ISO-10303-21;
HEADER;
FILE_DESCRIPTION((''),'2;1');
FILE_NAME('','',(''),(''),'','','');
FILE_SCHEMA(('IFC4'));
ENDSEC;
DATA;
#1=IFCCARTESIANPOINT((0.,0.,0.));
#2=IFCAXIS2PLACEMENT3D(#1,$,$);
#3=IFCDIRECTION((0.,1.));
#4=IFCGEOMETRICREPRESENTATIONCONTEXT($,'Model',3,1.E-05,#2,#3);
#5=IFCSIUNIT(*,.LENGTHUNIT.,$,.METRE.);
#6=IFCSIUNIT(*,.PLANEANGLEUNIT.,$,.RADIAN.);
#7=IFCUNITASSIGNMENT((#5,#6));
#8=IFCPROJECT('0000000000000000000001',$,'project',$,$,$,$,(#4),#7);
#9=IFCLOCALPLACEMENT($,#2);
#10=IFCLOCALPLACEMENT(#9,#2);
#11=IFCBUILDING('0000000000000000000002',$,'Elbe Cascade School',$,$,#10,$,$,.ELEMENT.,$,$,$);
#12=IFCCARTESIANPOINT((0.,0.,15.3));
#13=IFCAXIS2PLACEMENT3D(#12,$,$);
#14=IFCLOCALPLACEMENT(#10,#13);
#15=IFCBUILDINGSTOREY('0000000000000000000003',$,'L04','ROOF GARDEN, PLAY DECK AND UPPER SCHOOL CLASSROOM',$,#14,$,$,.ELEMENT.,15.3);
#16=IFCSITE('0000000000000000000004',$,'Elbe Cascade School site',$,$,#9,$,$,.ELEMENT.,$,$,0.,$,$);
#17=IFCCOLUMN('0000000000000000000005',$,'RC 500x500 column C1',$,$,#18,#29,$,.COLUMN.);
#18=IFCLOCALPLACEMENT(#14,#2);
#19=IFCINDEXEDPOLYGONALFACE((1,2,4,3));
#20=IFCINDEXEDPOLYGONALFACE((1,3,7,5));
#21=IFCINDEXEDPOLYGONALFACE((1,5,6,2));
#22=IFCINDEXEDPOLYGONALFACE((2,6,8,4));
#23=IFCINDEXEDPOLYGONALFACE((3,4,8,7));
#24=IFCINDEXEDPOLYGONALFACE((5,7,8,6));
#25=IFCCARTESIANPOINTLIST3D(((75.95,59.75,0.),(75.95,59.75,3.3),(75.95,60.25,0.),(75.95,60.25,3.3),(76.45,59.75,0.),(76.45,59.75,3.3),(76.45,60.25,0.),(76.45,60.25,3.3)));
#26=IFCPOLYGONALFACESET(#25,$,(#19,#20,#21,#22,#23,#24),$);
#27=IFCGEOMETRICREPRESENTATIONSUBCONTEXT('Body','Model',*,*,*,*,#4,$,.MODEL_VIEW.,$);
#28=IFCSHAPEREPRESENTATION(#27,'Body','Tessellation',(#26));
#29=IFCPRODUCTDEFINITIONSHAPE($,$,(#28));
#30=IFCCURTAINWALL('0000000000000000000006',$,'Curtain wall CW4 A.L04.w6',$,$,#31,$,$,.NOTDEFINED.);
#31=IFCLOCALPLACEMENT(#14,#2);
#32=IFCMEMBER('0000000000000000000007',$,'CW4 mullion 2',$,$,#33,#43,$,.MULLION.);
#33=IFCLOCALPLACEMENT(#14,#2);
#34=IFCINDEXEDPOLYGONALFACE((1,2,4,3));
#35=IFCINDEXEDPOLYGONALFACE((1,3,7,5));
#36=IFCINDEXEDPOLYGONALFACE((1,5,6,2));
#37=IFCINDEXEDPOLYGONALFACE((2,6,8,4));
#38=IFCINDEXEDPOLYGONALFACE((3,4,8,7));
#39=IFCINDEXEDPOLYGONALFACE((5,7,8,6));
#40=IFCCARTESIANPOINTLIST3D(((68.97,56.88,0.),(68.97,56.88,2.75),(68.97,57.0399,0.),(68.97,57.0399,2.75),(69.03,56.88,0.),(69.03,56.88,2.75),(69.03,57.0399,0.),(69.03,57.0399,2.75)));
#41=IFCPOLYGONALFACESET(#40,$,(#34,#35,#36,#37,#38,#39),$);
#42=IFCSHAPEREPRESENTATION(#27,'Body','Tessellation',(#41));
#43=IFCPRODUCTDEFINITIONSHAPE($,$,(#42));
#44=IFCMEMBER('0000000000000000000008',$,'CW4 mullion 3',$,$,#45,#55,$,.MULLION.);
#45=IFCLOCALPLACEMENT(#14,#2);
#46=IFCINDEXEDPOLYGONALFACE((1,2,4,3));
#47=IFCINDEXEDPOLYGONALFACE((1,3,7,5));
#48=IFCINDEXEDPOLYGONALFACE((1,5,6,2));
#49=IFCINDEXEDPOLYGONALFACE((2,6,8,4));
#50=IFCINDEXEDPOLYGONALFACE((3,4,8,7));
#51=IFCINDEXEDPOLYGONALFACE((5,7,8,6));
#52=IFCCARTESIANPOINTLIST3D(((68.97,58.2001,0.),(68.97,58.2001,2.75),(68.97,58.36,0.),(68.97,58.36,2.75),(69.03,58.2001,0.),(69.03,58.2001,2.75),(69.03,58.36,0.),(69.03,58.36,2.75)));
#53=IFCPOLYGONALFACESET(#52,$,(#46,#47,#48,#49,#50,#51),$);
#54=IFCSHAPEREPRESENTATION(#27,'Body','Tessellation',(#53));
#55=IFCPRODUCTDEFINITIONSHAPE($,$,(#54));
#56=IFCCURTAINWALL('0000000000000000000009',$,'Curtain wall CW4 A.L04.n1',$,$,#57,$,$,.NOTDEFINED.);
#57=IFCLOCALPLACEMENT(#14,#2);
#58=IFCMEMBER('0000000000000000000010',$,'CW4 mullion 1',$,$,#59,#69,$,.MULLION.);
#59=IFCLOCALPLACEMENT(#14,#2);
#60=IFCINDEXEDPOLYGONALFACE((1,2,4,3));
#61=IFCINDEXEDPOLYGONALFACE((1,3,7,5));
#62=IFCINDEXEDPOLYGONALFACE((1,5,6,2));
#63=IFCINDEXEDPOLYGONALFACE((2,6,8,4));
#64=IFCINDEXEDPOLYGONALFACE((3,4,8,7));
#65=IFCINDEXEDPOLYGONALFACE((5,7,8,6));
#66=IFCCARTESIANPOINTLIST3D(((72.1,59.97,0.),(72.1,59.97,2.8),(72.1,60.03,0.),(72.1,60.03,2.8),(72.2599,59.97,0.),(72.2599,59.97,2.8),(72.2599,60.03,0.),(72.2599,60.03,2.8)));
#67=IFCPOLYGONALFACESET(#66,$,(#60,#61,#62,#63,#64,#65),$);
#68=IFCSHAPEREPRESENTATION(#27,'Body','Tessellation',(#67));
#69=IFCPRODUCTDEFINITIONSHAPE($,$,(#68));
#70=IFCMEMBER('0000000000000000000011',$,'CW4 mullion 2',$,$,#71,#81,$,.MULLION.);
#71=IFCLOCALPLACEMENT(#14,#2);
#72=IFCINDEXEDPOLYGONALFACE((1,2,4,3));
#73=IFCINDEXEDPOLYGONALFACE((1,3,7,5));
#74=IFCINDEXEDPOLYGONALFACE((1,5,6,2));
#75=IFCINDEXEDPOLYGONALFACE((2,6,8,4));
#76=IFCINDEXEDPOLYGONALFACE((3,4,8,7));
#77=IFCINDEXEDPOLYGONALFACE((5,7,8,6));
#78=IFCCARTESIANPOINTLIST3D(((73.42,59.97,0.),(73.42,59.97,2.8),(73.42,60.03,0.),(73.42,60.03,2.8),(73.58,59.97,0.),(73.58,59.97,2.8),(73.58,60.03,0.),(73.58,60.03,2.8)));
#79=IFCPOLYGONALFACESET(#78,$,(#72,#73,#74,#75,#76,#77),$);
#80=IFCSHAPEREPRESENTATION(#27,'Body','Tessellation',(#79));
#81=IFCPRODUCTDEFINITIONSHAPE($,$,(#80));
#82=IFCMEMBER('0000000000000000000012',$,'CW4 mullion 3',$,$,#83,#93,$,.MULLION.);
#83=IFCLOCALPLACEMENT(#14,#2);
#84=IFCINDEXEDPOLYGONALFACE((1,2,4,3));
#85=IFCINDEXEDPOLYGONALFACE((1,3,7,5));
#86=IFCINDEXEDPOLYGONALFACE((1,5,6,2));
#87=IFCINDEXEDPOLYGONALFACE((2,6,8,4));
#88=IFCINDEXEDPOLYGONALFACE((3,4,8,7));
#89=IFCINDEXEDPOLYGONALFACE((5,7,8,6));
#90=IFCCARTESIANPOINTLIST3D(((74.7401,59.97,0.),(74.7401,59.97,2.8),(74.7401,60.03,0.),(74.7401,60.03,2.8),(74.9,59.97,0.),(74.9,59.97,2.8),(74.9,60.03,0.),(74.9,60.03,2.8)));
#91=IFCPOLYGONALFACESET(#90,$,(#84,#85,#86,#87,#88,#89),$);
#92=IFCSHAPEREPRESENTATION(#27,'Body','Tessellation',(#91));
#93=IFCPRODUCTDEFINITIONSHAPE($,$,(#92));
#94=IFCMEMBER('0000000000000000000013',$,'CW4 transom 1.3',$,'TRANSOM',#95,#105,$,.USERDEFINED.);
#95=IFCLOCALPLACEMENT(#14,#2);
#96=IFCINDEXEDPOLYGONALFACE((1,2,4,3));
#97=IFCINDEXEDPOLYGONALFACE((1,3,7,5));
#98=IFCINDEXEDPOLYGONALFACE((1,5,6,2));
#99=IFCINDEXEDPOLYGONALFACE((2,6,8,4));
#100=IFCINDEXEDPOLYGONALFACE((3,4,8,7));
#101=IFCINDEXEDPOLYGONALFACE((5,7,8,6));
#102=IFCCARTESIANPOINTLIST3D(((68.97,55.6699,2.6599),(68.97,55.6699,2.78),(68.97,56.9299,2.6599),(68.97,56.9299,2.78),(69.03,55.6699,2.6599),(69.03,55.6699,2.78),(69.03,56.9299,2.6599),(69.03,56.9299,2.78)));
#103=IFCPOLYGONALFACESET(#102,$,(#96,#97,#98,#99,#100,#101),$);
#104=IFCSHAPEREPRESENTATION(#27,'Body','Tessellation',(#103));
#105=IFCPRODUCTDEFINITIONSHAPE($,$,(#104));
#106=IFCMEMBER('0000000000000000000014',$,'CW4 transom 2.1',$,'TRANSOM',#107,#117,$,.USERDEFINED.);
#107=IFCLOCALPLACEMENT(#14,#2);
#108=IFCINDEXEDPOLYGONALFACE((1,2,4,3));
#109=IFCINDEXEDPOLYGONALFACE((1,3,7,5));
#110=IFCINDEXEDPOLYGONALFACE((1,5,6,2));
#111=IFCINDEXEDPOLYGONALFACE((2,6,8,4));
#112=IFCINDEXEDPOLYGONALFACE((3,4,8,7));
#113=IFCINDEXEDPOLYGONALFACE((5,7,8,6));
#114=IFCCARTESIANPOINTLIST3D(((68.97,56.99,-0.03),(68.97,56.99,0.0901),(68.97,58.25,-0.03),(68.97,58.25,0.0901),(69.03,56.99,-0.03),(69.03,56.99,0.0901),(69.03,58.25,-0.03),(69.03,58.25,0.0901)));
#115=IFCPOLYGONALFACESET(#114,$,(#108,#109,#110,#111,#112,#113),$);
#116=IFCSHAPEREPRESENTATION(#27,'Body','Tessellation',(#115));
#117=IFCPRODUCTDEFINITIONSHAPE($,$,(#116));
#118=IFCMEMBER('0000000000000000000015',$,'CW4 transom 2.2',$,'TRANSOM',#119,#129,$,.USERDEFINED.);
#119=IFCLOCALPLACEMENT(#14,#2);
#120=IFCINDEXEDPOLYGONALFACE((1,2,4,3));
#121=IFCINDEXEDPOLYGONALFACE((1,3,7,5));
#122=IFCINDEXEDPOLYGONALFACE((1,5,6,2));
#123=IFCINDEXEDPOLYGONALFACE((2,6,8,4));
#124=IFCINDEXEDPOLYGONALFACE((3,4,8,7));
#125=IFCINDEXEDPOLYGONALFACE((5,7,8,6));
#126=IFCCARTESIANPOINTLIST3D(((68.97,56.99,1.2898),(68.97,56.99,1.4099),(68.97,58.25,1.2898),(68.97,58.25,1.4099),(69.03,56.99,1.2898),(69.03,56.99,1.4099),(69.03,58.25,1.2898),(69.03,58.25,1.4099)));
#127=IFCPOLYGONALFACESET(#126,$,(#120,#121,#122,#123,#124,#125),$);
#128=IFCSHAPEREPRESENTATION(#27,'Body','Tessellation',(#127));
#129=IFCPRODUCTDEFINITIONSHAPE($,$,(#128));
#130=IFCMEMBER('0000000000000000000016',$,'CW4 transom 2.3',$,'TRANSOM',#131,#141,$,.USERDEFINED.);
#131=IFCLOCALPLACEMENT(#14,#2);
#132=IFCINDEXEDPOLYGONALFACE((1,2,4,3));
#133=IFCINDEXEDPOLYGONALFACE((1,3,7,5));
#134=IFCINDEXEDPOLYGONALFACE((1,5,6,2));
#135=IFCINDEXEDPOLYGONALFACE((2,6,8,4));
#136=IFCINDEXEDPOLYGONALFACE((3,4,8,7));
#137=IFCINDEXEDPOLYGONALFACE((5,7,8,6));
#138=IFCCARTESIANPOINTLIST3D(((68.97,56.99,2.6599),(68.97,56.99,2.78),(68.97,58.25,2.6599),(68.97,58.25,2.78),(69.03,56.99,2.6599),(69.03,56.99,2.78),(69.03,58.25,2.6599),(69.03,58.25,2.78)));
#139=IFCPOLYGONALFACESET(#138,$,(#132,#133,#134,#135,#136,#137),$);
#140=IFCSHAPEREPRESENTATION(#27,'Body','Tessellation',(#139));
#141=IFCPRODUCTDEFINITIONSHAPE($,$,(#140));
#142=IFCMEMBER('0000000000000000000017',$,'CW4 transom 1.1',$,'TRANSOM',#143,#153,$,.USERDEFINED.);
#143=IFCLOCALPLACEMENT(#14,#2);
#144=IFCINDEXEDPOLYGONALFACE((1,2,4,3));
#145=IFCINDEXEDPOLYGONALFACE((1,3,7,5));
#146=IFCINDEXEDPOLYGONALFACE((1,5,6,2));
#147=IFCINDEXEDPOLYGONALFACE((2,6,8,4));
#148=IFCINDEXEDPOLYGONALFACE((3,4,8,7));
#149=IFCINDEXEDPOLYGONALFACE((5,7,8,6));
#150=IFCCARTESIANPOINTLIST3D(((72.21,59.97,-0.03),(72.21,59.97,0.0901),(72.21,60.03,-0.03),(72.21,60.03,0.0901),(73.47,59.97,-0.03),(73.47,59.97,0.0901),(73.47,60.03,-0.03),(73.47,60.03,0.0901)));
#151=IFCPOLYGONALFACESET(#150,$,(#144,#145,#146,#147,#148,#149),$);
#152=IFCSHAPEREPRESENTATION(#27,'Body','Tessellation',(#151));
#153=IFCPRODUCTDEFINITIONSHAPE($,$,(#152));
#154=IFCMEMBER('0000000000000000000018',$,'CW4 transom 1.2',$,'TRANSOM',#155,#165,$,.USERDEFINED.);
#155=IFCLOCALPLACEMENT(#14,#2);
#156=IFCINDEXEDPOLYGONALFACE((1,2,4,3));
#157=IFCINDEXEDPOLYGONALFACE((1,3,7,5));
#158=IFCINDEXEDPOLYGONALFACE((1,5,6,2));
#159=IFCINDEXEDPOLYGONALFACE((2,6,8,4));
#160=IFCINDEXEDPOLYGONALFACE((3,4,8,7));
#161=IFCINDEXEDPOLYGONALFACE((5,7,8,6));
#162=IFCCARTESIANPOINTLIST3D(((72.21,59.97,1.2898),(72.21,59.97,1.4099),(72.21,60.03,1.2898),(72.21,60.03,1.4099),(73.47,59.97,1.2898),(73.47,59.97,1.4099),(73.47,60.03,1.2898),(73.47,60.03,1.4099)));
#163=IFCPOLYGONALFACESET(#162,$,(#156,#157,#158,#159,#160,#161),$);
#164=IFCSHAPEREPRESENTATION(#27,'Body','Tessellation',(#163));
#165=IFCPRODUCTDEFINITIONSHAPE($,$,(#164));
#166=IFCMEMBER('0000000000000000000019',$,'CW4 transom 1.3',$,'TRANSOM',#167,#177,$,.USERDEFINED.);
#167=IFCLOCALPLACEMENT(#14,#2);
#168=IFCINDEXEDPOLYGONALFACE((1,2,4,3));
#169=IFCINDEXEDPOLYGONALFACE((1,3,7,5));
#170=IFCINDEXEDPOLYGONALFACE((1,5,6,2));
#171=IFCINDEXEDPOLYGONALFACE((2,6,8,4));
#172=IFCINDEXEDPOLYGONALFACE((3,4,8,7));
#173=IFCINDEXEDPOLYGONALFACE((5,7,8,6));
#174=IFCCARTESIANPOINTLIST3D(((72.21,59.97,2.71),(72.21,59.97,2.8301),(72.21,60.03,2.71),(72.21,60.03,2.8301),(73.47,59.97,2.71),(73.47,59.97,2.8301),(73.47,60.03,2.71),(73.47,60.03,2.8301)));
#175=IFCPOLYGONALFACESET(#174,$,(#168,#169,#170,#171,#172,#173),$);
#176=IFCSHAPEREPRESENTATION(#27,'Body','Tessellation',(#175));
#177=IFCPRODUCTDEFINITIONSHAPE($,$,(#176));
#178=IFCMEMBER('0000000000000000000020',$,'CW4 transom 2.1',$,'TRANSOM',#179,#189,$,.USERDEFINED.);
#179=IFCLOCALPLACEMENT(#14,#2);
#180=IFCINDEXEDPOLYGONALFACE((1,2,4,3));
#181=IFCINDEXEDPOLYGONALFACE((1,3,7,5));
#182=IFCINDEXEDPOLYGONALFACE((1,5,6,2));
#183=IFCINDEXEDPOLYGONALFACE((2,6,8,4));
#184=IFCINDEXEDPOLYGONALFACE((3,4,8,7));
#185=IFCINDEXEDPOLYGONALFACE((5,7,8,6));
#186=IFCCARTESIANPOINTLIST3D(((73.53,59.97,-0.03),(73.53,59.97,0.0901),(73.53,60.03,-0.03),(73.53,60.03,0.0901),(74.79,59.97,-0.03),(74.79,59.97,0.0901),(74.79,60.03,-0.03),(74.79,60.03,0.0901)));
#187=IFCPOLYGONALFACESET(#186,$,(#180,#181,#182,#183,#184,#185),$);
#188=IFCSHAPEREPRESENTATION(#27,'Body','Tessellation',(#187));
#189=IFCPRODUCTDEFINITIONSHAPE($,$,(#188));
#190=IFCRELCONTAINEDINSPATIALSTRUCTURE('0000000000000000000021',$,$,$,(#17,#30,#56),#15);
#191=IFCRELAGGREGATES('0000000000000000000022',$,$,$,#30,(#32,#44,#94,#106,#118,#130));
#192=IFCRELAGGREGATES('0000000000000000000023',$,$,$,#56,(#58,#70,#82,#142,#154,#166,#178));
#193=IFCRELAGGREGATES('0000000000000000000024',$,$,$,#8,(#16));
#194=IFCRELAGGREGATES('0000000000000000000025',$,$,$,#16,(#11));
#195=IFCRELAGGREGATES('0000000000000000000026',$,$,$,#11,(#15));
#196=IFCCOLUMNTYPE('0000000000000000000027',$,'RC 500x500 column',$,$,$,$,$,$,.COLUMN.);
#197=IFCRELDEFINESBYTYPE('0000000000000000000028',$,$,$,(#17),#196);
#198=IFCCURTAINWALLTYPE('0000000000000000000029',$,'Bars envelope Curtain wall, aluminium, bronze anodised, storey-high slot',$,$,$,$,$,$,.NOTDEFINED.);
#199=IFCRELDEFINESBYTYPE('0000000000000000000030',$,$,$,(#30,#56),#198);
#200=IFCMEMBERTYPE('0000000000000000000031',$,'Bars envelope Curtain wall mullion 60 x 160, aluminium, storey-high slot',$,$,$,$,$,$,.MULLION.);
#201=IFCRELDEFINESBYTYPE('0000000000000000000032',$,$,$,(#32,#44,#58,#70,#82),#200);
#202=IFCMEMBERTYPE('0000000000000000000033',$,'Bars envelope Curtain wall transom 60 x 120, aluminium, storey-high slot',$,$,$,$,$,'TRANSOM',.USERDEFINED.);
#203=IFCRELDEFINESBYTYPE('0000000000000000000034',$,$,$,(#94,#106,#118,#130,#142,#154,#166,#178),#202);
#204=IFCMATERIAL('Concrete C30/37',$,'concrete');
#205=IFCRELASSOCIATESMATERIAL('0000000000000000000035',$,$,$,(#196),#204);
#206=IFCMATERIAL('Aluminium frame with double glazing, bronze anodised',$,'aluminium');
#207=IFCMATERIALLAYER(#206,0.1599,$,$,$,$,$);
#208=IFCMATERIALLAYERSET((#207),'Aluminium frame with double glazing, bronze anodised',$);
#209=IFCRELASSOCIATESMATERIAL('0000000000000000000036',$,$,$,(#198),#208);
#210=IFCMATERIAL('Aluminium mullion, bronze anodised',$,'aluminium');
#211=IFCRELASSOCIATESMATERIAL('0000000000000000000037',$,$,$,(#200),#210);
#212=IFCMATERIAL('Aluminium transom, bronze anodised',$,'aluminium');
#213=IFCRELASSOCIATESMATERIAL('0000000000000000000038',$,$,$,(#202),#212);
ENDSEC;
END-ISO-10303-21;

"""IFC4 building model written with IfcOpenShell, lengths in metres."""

from ifc_helpers import new_model, si_unit, direction, frame, origin, origin_2d, place, context, subcontext, project, spatial, rectangle, extrude, material, layer, layer_set, material_profile, profile_set, type_object, element, aggregate, save


model = new_model("IFC4")

# Units and contexts
model_context = context("Model", 3, precision=1e-05, world=origin(), true_north=direction((0.0, 1.0)))
body_context = subcontext(model_context, "Body", "Model", "MODEL_VIEW")
ifc_project = project(units=[si_unit("LENGTHUNIT", "METRE"), si_unit("PLANEANGLEUNIT", "RADIAN")], contexts=[model_context])

# Site, building, storey
site_placement = place(None, origin())
site = spatial("IfcSite", under=ifc_project, at=site_placement, Name="Elbe Cascade School site", CompositionType="ELEMENT", RefElevation=0.0)
building_placement = place(site_placement, origin())
building = spatial("IfcBuilding", under=site, at=building_placement, Name="Elbe Cascade School", CompositionType="ELEMENT")
storey_placement = place(building_placement, frame((0.0, 0.0, 15.3)))
storey = spatial("IfcBuildingStorey", under=building, at=storey_placement, Name="L04", Description="ROOF GARDEN, PLAY DECK AND UPPER SCHOOL CLASSROOM", CompositionType="ELEMENT", Elevation=15.3)

# Column
ifc_material_1 = material(Name="Concrete C30/37", Category="concrete")
ifc_material_profile_1 = material_profile(ifc_material_1, rectangle(XDim=0.5, YDim=0.5, at=origin_2d()), Name="RC 500x500")
ifc_profile_set_1 = profile_set([ifc_material_profile_1], Name="Concrete C30/37")
column_type = type_object("IfcColumnType", Name="RC 500x500 column", PredefinedType="COLUMN", material=ifc_profile_set_1)
column_placement = place(storey_placement, frame((76.2, 60.0, 0.0), z_axis=(0.0, 0.0, 1.0), x_axis=(1.0, 0.0, 0.0)))
element("IfcColumn", 1, at=column_placement, inside=storey, type_object=column_type, Name="RC 500x500 column C1", PredefinedType="COLUMN", context=body_context, shape_type="SweptSolid", body=[
    extrude(rectangle(XDim=0.5, YDim=0.5, at=origin_2d()), origin(), (0.0, 0.0, 1.0), 3.3),
])

# Curtain walls, members
ifc_material_2 = material(Name="Aluminium frame with double glazing, bronze anodised", Category="aluminium")
ifc_layer_1 = layer(ifc_material_2, 0.1599)
ifc_layer_set_1 = layer_set([ifc_layer_1], Name="Aluminium frame with double glazing, bronze anodised")
curtain_wall_type = type_object("IfcCurtainWallType", Name="Bars envelope Curtain wall, aluminium, bronze anodised, storey-high slot", PredefinedType="NOTDEFINED", material=ifc_layer_set_1)
curtain_wall_1_placement = place(storey_placement, origin())
curtain_wall_1 = element("IfcCurtainWall", 2, at=curtain_wall_1_placement, inside=storey, type_object=curtain_wall_type, Name="Curtain wall CW4 A.L04.w6", PredefinedType="NOTDEFINED")
ifc_material_3 = material(Name="Aluminium mullion, bronze anodised", Category="aluminium")
ifc_material_profile_2 = material_profile(ifc_material_3, rectangle(XDim=0.0601, YDim=0.1599, at=origin_2d()), Name="Bars envelope Curtain wall mullion 60 x 160, aluminium, storey-high slot")
ifc_profile_set_2 = profile_set([ifc_material_profile_2], Name="Aluminium mullion, bronze anodised")
member_type_1 = type_object("IfcMemberType", Name="Bars envelope Curtain wall mullion 60 x 160, aluminium, storey-high slot", PredefinedType="MULLION", material=ifc_profile_set_2)
member_1_placement = place(storey_placement, frame((69.0, 56.96, 0.0), z_axis=(0.0, 0.0, 1.0), x_axis=(-1.0, 0.0, 0.0)))
member_1 = element("IfcMember", 3, at=member_1_placement, type_object=member_type_1, Name="CW4 mullion 2", PredefinedType="MULLION", context=body_context, shape_type="SweptSolid", body=[
    extrude(rectangle(XDim=0.0601, YDim=0.1599, at=origin_2d()), origin(), (0.0, 0.0, 1.0), 2.75),
])
member_2_placement = place(storey_placement, frame((69.0, 58.28, 0.0), z_axis=(0.0, 0.0, 1.0), x_axis=(-1.0, 0.0, 0.0)))
member_2 = element("IfcMember", 4, at=member_2_placement, type_object=member_type_1, Name="CW4 mullion 3", PredefinedType="MULLION", context=body_context, shape_type="SweptSolid", body=[
    extrude(rectangle(XDim=0.0601, YDim=0.1599, at=origin_2d()), origin(), (0.0, 0.0, 1.0), 2.75),
])
curtain_wall_2_placement = place(storey_placement, origin())
curtain_wall_2 = element("IfcCurtainWall", 5, at=curtain_wall_2_placement, inside=storey, type_object=curtain_wall_type, Name="Curtain wall CW4 A.L04.n1", PredefinedType="NOTDEFINED")
member_3_placement = place(storey_placement, frame((72.1799, 60.0, 0.0), z_axis=(0.0, 0.0, 1.0), x_axis=(0.0, 1.0, 0.0)))
member_3 = element("IfcMember", 6, at=member_3_placement, type_object=member_type_1, Name="CW4 mullion 1", PredefinedType="MULLION", context=body_context, shape_type="SweptSolid", body=[
    extrude(rectangle(XDim=0.0601, YDim=0.1599, at=origin_2d()), origin(), (0.0, 0.0, 1.0), 2.8),
])
member_4_placement = place(storey_placement, frame((73.5, 60.0, 0.0), z_axis=(0.0, 0.0, 1.0), x_axis=(0.0, 1.0, 0.0)))
member_4 = element("IfcMember", 7, at=member_4_placement, type_object=member_type_1, Name="CW4 mullion 2", PredefinedType="MULLION", context=body_context, shape_type="SweptSolid", body=[
    extrude(rectangle(XDim=0.0601, YDim=0.1599, at=origin_2d()), origin(), (0.0, 0.0, 1.0), 2.8),
])
member_5_placement = place(storey_placement, frame((74.8201, 60.0, 0.0), z_axis=(0.0, 0.0, 1.0), x_axis=(0.0, 1.0, 0.0)))
member_5 = element("IfcMember", 8, at=member_5_placement, type_object=member_type_1, Name="CW4 mullion 3", PredefinedType="MULLION", context=body_context, shape_type="SweptSolid", body=[
    extrude(rectangle(XDim=0.0601, YDim=0.1599, at=origin_2d()), origin(), (0.0, 0.0, 1.0), 2.8),
])

# Members
ifc_material_4 = material(Name="Aluminium transom, bronze anodised", Category="aluminium")
ifc_material_profile_3 = material_profile(ifc_material_4, rectangle(XDim=0.0601, YDim=0.1201, at=origin_2d()), Name="Bars envelope Curtain wall transom 60 x 120, aluminium, storey-high slot")
ifc_profile_set_3 = profile_set([ifc_material_profile_3], Name="Aluminium transom, bronze anodised")
member_type_2 = type_object("IfcMemberType", Name="Bars envelope Curtain wall transom 60 x 120, aluminium, storey-high slot", ElementType="TRANSOM", PredefinedType="USERDEFINED", material=ifc_profile_set_3)
member_6_placement = place(storey_placement, frame((69.0, 55.6699, 2.72), z_axis=(0.0, 1.0, 0.0), x_axis=(-1.0, 0.0, 0.0)))
member_6 = element("IfcMember", 9, at=member_6_placement, type_object=member_type_2, Name="CW4 transom 1.3", ObjectType="TRANSOM", PredefinedType="USERDEFINED", context=body_context, shape_type="SweptSolid", body=[
    extrude(rectangle(XDim=0.0601, YDim=0.1201, at=origin_2d()), origin(), (0.0, 0.0, 1.0), 1.26),
])
member_7_placement = place(storey_placement, frame((69.0, 56.99, 0.03), z_axis=(0.0, 1.0, 0.0), x_axis=(-1.0, 0.0, 0.0)))
member_7 = element("IfcMember", 10, at=member_7_placement, type_object=member_type_2, Name="CW4 transom 2.1", ObjectType="TRANSOM", PredefinedType="USERDEFINED", context=body_context, shape_type="SweptSolid", body=[
    extrude(rectangle(XDim=0.0601, YDim=0.1201, at=origin_2d()), origin(), (0.0, 0.0, 1.0), 1.26),
])
member_8_placement = place(storey_placement, frame((69.0, 56.99, 1.3499), z_axis=(0.0, 1.0, 0.0), x_axis=(-1.0, 0.0, 0.0)))
member_8 = element("IfcMember", 11, at=member_8_placement, type_object=member_type_2, Name="CW4 transom 2.2", ObjectType="TRANSOM", PredefinedType="USERDEFINED", context=body_context, shape_type="SweptSolid", body=[
    extrude(rectangle(XDim=0.0601, YDim=0.1201, at=origin_2d()), origin(), (0.0, 0.0, 1.0), 1.26),
])
member_9_placement = place(storey_placement, frame((69.0, 56.99, 2.72), z_axis=(0.0, 1.0, 0.0), x_axis=(-1.0, 0.0, 0.0)))
member_9 = element("IfcMember", 12, at=member_9_placement, type_object=member_type_2, Name="CW4 transom 2.3", ObjectType="TRANSOM", PredefinedType="USERDEFINED", context=body_context, shape_type="SweptSolid", body=[
    extrude(rectangle(XDim=0.0601, YDim=0.1201, at=origin_2d()), origin(), (0.0, 0.0, 1.0), 1.26),
])
member_10_placement = place(storey_placement, frame((72.21, 60.0, 0.03), z_axis=(1.0, 0.0, 0.0), x_axis=(0.0, 1.0, 0.0)))
member_10 = element("IfcMember", 13, at=member_10_placement, type_object=member_type_2, Name="CW4 transom 1.1", ObjectType="TRANSOM", PredefinedType="USERDEFINED", context=body_context, shape_type="SweptSolid", body=[
    extrude(rectangle(XDim=0.0601, YDim=0.1201, at=origin_2d()), origin(), (0.0, 0.0, 1.0), 1.26),
])
member_11_placement = place(storey_placement, frame((72.21, 60.0, 1.3499), z_axis=(1.0, 0.0, 0.0), x_axis=(0.0, 1.0, 0.0)))
member_11 = element("IfcMember", 14, at=member_11_placement, type_object=member_type_2, Name="CW4 transom 1.2", ObjectType="TRANSOM", PredefinedType="USERDEFINED", context=body_context, shape_type="SweptSolid", body=[
    extrude(rectangle(XDim=0.0601, YDim=0.1201, at=origin_2d()), origin(), (0.0, 0.0, 1.0), 1.26),
])
member_12_placement = place(storey_placement, frame((72.21, 60.0, 2.77), z_axis=(1.0, 0.0, 0.0), x_axis=(0.0, 1.0, 0.0)))
member_12 = element("IfcMember", 15, at=member_12_placement, type_object=member_type_2, Name="CW4 transom 1.3", ObjectType="TRANSOM", PredefinedType="USERDEFINED", context=body_context, shape_type="SweptSolid", body=[
    extrude(rectangle(XDim=0.0601, YDim=0.1201, at=origin_2d()), origin(), (0.0, 0.0, 1.0), 1.26),
])
member_13_placement = place(storey_placement, frame((73.53, 60.0, 0.03), z_axis=(1.0, 0.0, 0.0), x_axis=(0.0, 1.0, 0.0)))
member_13 = element("IfcMember", 16, at=member_13_placement, type_object=member_type_2, Name="CW4 transom 2.1", ObjectType="TRANSOM", PredefinedType="USERDEFINED", context=body_context, shape_type="SweptSolid", body=[
    extrude(rectangle(XDim=0.0601, YDim=0.1201, at=origin_2d()), origin(), (0.0, 0.0, 1.0), 1.26),
])

aggregate(curtain_wall_1, [member_1, member_2, member_6, member_7, member_8, member_9])
aggregate(curtain_wall_2, [member_3, member_4, member_5, member_10, member_11, member_12, member_13])

save(model, "model.ifc")
